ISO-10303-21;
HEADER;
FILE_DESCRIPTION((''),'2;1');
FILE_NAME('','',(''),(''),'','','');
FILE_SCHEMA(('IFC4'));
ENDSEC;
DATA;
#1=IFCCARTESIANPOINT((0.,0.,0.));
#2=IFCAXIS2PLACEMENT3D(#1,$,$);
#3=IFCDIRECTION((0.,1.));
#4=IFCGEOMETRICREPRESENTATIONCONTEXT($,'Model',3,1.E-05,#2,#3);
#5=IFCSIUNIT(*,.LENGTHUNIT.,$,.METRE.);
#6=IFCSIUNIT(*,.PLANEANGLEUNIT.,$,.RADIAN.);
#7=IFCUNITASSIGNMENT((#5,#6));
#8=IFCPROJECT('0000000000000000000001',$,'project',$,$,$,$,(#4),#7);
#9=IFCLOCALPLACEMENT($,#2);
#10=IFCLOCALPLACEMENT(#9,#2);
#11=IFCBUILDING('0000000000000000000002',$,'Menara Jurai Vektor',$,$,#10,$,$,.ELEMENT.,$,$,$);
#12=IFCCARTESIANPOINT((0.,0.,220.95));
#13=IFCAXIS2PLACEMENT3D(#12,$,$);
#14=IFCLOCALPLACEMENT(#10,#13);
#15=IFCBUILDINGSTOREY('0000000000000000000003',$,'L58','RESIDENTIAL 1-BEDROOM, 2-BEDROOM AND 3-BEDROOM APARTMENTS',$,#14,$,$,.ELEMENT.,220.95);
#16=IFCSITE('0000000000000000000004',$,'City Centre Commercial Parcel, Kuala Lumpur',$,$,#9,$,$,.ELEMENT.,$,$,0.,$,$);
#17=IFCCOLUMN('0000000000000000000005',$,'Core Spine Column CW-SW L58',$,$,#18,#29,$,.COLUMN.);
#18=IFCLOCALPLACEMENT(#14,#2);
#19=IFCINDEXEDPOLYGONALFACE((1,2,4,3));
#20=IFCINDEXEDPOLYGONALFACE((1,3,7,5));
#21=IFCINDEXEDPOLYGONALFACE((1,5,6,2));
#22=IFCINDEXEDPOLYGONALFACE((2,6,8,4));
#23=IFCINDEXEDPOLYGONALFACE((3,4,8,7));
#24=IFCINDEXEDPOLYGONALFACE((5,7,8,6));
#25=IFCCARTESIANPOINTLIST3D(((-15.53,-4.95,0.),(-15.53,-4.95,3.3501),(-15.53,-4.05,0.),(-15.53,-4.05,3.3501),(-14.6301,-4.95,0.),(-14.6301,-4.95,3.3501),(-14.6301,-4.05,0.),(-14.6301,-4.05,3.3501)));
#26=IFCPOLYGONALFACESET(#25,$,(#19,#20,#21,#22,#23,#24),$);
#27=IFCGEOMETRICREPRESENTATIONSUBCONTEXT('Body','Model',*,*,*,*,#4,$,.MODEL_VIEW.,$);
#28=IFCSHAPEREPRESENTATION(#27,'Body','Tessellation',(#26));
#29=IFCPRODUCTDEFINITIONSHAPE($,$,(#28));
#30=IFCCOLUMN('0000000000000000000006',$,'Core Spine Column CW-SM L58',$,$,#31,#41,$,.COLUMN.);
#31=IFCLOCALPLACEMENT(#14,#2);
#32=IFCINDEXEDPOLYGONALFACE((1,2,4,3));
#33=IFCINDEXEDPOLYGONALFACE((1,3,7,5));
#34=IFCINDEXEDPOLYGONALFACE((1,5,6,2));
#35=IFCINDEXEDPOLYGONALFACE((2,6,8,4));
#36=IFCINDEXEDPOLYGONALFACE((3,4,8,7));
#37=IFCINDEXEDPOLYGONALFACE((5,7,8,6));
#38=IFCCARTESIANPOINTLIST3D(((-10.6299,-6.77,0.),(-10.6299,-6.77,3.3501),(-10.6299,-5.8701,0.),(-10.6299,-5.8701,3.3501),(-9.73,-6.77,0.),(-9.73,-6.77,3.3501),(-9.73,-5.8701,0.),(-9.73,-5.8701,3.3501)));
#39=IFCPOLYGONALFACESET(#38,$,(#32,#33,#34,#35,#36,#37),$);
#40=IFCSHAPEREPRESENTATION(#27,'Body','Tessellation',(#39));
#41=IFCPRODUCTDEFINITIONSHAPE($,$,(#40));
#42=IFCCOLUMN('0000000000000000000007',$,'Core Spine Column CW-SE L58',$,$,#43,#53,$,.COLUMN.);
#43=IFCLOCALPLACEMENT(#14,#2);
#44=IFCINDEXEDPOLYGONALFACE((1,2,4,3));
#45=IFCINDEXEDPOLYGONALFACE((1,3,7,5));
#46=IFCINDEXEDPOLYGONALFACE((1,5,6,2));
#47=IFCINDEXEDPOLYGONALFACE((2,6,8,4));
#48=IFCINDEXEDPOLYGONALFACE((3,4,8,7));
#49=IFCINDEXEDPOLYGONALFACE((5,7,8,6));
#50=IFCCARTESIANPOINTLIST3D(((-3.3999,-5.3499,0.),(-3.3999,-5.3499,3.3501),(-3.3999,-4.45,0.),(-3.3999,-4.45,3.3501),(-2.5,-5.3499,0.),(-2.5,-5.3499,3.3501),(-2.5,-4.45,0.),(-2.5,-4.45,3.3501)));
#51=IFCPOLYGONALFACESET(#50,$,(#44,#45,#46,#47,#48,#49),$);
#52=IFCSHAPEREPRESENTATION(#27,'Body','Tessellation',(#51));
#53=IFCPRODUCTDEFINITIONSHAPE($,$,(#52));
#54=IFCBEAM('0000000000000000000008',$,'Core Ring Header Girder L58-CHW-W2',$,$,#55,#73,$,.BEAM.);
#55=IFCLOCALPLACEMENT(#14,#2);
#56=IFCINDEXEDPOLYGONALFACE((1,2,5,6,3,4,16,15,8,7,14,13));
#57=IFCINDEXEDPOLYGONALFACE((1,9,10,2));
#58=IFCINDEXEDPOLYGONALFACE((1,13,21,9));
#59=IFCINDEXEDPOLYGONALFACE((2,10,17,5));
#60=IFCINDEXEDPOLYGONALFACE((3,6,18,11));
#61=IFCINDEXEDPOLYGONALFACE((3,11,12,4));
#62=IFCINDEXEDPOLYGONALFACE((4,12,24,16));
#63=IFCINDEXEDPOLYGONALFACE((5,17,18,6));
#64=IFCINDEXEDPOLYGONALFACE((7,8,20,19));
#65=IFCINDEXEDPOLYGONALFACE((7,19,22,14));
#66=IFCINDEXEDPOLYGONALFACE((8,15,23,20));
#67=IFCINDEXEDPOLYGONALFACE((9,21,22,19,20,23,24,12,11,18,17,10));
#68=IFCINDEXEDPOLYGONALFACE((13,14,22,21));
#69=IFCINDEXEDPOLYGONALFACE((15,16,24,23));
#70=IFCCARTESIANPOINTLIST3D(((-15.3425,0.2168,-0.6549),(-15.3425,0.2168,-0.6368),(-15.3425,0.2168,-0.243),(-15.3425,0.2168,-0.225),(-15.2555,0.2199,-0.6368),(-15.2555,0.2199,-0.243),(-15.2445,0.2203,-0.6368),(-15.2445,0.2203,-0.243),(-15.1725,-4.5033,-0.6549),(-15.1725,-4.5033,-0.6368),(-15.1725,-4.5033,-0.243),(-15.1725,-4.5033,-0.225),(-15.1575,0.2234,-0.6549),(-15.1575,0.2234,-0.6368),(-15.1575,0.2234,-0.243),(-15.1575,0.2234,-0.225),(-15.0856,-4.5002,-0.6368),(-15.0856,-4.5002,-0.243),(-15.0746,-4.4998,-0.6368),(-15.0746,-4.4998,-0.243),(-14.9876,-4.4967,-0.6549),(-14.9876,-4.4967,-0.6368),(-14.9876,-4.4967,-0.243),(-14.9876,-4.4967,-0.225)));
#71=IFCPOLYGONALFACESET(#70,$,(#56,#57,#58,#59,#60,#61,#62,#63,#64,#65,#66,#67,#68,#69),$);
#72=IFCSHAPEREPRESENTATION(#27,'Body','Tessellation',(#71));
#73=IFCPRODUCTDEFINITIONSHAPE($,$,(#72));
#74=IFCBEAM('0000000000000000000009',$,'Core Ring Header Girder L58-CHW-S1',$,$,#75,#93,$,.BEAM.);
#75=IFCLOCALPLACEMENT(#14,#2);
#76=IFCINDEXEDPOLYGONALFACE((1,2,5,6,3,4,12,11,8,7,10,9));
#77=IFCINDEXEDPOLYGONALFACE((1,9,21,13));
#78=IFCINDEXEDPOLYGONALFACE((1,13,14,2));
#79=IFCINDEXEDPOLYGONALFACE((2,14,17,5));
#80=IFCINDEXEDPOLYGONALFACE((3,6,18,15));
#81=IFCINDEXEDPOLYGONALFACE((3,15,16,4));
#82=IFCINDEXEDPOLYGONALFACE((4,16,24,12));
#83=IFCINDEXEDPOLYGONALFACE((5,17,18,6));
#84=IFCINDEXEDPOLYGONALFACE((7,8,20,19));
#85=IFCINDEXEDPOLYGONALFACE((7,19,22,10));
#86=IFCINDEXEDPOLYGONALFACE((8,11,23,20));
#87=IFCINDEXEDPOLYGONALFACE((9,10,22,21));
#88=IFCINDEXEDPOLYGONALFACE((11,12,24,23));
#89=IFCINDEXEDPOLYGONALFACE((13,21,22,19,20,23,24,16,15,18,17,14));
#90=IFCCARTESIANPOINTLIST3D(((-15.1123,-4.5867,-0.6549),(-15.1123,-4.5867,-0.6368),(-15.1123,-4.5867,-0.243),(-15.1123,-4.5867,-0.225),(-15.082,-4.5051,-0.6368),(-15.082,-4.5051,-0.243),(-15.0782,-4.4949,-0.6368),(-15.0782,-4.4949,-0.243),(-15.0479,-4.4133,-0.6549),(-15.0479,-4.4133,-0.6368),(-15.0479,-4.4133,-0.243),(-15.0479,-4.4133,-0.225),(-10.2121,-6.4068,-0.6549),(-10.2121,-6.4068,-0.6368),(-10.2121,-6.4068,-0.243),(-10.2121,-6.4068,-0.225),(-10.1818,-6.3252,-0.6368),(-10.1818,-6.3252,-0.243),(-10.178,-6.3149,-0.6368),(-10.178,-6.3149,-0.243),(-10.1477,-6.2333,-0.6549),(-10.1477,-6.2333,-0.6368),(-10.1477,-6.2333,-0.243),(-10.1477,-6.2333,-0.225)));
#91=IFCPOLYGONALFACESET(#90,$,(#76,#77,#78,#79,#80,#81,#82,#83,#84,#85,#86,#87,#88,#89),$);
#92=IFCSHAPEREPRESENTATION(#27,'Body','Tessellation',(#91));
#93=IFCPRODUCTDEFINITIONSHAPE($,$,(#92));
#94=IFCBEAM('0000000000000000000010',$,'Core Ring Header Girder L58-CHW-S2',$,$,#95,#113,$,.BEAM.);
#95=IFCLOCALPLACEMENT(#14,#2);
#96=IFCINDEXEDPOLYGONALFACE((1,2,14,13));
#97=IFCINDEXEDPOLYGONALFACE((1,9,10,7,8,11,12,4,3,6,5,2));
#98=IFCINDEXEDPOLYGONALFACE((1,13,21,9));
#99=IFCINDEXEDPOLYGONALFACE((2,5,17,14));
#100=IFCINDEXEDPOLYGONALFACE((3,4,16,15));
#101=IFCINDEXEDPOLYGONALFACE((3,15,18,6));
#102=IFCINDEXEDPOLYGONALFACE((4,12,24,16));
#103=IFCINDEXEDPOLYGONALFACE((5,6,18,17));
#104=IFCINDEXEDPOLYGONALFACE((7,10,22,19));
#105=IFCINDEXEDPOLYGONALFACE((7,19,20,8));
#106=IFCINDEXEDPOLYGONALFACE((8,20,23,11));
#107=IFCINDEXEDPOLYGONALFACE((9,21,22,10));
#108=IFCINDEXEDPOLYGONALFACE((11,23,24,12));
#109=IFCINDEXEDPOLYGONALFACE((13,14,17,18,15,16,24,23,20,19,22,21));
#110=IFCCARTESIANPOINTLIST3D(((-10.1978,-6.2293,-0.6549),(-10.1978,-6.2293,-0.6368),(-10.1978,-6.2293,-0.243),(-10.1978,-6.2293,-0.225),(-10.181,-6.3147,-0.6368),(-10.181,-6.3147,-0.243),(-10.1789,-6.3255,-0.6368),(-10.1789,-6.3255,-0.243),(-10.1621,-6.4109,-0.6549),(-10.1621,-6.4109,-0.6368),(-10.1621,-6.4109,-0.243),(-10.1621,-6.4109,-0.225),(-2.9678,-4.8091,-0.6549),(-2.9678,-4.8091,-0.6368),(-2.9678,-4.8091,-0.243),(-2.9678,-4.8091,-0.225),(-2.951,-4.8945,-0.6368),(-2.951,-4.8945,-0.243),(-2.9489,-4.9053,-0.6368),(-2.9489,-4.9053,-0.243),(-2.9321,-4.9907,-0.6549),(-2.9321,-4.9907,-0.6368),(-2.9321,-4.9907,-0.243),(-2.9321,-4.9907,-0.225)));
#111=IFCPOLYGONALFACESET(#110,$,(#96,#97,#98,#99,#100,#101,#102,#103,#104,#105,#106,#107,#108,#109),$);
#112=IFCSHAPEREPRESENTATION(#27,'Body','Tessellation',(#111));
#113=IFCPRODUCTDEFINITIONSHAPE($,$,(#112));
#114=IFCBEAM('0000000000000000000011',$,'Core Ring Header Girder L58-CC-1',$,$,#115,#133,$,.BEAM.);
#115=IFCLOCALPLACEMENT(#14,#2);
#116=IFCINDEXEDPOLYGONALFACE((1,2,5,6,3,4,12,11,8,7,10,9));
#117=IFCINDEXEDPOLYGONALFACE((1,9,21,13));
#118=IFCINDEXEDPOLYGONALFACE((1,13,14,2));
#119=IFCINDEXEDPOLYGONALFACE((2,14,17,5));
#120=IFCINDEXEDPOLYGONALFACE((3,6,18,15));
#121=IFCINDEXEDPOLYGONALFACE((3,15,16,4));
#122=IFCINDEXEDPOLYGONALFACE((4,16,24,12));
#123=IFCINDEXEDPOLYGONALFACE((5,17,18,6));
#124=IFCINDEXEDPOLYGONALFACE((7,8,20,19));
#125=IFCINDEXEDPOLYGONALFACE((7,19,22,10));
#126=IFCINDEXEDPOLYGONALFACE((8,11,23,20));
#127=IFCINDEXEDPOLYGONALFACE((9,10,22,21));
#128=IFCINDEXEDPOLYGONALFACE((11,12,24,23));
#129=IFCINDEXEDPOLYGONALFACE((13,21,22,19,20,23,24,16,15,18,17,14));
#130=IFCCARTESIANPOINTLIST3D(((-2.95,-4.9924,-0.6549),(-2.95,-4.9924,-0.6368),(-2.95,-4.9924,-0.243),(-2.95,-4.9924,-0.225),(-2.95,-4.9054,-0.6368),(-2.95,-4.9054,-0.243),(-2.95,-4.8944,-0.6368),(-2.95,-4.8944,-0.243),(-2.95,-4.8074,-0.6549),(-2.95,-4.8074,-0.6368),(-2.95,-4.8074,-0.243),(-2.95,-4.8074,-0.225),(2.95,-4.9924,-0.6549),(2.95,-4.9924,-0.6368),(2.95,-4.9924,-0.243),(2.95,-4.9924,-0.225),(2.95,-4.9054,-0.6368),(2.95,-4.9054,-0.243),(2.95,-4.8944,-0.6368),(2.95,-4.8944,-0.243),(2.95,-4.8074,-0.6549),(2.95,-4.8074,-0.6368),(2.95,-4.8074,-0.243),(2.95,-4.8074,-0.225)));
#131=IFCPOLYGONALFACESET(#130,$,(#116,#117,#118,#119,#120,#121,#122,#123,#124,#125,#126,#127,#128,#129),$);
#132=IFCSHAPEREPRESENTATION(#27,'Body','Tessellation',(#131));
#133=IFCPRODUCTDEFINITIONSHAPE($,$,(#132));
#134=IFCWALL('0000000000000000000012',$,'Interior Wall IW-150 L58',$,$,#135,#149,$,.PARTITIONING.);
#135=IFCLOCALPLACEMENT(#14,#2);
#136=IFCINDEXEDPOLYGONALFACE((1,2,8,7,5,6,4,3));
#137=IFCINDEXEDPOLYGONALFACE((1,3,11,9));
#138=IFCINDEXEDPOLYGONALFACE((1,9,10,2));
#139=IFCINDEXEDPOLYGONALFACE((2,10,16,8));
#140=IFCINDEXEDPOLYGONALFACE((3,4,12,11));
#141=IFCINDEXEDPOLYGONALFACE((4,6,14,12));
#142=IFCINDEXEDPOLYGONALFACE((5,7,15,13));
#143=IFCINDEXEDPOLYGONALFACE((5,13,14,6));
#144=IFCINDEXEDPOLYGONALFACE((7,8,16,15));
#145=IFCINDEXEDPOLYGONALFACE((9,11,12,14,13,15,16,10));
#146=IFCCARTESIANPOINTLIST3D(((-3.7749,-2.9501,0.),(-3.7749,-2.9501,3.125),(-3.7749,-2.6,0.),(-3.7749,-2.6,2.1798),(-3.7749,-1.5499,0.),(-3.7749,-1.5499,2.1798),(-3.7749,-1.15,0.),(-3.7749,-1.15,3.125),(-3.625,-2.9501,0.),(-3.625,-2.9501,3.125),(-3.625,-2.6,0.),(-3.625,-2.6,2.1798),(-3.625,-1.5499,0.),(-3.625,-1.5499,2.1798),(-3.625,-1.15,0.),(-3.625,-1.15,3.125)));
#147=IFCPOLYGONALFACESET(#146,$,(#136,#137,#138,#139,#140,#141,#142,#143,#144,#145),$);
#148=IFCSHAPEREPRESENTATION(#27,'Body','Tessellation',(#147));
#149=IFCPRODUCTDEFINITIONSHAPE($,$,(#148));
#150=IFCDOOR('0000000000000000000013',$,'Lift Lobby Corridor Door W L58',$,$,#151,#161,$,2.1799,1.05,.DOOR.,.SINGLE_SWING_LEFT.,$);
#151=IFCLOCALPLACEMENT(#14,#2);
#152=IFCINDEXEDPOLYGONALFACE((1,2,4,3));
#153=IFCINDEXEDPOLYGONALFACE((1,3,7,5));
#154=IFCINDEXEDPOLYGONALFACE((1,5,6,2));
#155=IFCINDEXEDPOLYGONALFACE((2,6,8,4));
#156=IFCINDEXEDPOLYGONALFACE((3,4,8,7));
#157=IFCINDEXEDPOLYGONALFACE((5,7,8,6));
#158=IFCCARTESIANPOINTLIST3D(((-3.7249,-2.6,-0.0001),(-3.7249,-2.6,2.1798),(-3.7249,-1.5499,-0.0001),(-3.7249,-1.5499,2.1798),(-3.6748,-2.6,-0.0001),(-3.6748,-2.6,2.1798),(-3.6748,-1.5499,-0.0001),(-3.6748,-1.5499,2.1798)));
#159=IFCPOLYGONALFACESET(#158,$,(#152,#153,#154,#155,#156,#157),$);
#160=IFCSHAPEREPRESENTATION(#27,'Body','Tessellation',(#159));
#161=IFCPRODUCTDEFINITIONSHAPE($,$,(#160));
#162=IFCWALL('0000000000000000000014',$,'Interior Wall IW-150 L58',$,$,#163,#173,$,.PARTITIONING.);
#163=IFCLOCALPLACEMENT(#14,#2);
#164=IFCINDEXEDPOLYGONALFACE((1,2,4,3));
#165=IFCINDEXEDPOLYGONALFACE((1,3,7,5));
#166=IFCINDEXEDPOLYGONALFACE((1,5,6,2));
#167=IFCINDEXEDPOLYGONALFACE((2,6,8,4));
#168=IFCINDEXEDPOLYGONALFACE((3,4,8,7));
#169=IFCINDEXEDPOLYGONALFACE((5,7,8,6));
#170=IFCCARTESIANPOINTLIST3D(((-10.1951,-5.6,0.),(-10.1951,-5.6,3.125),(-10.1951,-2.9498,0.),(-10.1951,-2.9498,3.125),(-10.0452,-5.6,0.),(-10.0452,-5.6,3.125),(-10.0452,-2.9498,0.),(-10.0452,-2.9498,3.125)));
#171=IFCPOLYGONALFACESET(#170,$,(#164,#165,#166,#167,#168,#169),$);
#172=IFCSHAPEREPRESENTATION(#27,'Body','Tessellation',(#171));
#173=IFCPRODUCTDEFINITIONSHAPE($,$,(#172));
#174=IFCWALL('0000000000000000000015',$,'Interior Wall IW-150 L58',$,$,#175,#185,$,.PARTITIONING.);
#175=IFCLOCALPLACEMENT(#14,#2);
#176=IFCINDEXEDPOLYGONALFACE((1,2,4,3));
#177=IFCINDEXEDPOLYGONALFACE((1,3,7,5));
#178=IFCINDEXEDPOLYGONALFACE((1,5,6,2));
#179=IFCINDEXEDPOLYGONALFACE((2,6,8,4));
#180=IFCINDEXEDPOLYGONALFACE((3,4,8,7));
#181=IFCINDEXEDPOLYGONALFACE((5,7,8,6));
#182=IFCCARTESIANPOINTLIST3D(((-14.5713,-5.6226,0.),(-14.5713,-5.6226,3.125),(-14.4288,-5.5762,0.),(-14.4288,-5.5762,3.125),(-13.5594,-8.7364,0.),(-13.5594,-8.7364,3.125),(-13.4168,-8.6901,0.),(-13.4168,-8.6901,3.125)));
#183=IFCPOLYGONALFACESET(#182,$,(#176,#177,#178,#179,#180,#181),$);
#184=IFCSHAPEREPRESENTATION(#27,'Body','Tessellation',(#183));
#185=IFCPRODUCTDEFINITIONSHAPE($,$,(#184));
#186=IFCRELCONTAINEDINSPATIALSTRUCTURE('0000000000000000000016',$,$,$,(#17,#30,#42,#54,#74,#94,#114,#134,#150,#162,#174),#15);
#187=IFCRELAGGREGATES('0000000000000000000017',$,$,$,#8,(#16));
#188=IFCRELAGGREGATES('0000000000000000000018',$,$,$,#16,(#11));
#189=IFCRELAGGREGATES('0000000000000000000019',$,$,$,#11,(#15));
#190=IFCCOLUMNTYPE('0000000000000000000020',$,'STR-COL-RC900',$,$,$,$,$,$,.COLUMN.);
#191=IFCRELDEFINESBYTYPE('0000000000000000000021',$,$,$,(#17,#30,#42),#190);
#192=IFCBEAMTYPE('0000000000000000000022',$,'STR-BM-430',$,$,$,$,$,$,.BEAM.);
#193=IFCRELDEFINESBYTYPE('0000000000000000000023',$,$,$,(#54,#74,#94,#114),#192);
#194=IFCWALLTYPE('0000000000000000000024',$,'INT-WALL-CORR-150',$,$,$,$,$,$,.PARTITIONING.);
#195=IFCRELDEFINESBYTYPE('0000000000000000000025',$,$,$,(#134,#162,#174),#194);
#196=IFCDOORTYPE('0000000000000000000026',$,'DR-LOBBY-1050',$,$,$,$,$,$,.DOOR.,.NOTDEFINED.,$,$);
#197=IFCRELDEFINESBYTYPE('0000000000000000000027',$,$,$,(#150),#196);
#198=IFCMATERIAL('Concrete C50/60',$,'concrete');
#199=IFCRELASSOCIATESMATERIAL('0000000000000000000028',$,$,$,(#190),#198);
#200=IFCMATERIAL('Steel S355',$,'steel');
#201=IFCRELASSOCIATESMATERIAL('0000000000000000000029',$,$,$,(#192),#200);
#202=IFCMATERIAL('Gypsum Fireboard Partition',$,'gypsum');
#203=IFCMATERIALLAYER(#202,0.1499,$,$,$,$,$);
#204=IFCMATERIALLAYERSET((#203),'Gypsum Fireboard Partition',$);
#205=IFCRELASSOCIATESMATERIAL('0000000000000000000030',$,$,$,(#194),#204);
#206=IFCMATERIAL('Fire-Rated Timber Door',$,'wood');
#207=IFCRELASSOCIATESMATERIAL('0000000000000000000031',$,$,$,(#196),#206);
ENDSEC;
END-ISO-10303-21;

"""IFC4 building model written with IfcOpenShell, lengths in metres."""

from ifc_helpers import new_model, si_unit, direction, frame, frame_2d, origin, origin_2d, place, context, subcontext, project, spatial, rectangle, i_section, extrude, material, layer, layer_set, material_profile, profile_set, type_object, element, fill, save


model = new_model("IFC4")

# Units and contexts
model_context = context("Model", 3, precision=1e-05, world=origin(), true_north=direction((0.0, 1.0)))
body_context = subcontext(model_context, "Body", "Model", "MODEL_VIEW")
ifc_project = project(units=[si_unit("LENGTHUNIT", "METRE"), si_unit("PLANEANGLEUNIT", "RADIAN")], contexts=[model_context])

# Site, building, storey
site_placement = place(None, origin())
site = spatial("IfcSite", under=ifc_project, at=site_placement, Name="City Centre Commercial Parcel, Kuala Lumpur", CompositionType="ELEMENT", RefElevation=0.0)
building_placement = place(site_placement, origin())
building = spatial("IfcBuilding", under=site, at=building_placement, Name="Menara Jurai Vektor", CompositionType="ELEMENT")
storey_placement = place(building_placement, frame((0.0, 0.0, 220.95)))
storey = spatial("IfcBuildingStorey", under=building, at=storey_placement, Name="L58", Description="RESIDENTIAL 1-BEDROOM, 2-BEDROOM AND 3-BEDROOM APARTMENTS", CompositionType="ELEMENT", Elevation=220.95)

# Columns
ifc_material_1 = material(Name="Concrete C50/60", Category="concrete")
ifc_material_profile_1 = material_profile(ifc_material_1, rectangle(XDim=0.8999, YDim=0.8999, at=origin_2d()), Name="RC 900x900")
ifc_profile_set_1 = profile_set([ifc_material_profile_1], Name="Concrete C50/60")
column_type = type_object("IfcColumnType", Name="STR-COL-RC900", PredefinedType="COLUMN", material=ifc_profile_set_1)
for number, where, z_axis, x_axis, name in (
    (1, (-15.0801, -4.5, 0.0), (0.0, 0.0, 1.0), (1.0, 0.0, 0.0), "Core Spine Column CW-SW L58"),
    (2, (-10.1799, -6.3201, 0.0), (0.0, 0.0, 1.0), (1.0, 0.0, 0.0), "Core Spine Column CW-SM L58"),
    (3, (-2.95, -4.8999, 0.0), (0.0, 0.0, 1.0), (1.0, 0.0, 0.0), "Core Spine Column CW-SE L58"),
):
    element("IfcColumn", number, at=place(storey_placement, frame(where, z_axis=z_axis, x_axis=x_axis)), inside=storey, type_object=column_type, Name=name, PredefinedType="COLUMN", context=body_context, shape_type="SweptSolid", body=[
        extrude(rectangle(XDim=0.8999, YDim=0.8999, at=origin_2d()), origin(), (0.0, 0.0, 1.0), 3.3501),
    ])

# Beams
ifc_material_2 = material(Name="Steel S355", Category="steel")
ifc_material_profile_2 = material_profile(ifc_material_2, i_section(OverallWidth=0.1851, OverallDepth=0.4299, WebThickness=0.011, FlangeThickness=0.0181, at=origin_2d()), Name="PG 430x185x76")
ifc_profile_set_2 = profile_set([ifc_material_profile_2], Name="Steel S355")
beam_type = type_object("IfcBeamType", Name="STR-BM-430", PredefinedType="BEAM", material=ifc_profile_set_2)
beam_1_placement = place(storey_placement, frame((-15.0801, -4.5, -0.4399), z_axis=(-0.035977, 0.999353, 0.0), x_axis=(-0.999353, -0.035977, 0.0)))
element("IfcBeam", 4, at=beam_1_placement, inside=storey, type_object=beam_type, Name="Core Ring Header Girder L58-CHW-W2", PredefinedType="BEAM", context=body_context, shape_type="SweptSolid", body=[
    extrude(i_section(OverallWidth=0.1851, OverallDepth=0.4299, WebThickness=0.011, FlangeThickness=0.0181, at=origin_2d()), origin(), (0.0, 0.0, 1.0), 4.7231),
])
beam_2_placement = place(storey_placement, frame((-15.0801, -4.5, -0.4399), z_axis=(0.937424, -0.348189, 0.0), x_axis=(0.348189, 0.937424, 0.0)))
element("IfcBeam", 5, at=beam_2_placement, inside=storey, type_object=beam_type, Name="Core Ring Header Girder L58-CHW-S1", PredefinedType="BEAM", context=body_context, shape_type="SweptSolid", body=[
    extrude(i_section(OverallWidth=0.1851, OverallDepth=0.4299, WebThickness=0.011, FlangeThickness=0.0181, at=origin_2d()), origin(), (0.0, 0.0, 1.0), 5.2273),
])
beam_3_placement = place(storey_placement, frame((-10.1799, -6.3201, -0.4399), z_axis=(0.981249, 0.192744, 0.0), x_axis=(-0.192744, 0.981249, 0.0)))
element("IfcBeam", 6, at=beam_3_placement, inside=storey, type_object=beam_type, Name="Core Ring Header Girder L58-CHW-S2", PredefinedType="BEAM", context=body_context, shape_type="SweptSolid", body=[
    extrude(i_section(OverallWidth=0.1851, OverallDepth=0.4299, WebThickness=0.011, FlangeThickness=0.0181, at=origin_2d()), origin(), (0.0, 0.0, 1.0), 7.3682),
])
beam_4_placement = place(storey_placement, frame((-2.95, -4.8999, -0.4399), z_axis=(1.0, 0.0, 0.0), x_axis=(0.0, 1.0, 0.0)))
element("IfcBeam", 7, at=beam_4_placement, inside=storey, type_object=beam_type, Name="Core Ring Header Girder L58-CC-1", PredefinedType="BEAM", context=body_context, shape_type="SweptSolid", body=[
    extrude(i_section(OverallWidth=0.1851, OverallDepth=0.4299, WebThickness=0.011, FlangeThickness=0.0181, at=origin_2d()), origin(), (0.0, 0.0, 1.0), 5.8999),
])

# Wall, opening, door
ifc_material_3 = material(Name="Gypsum Fireboard Partition", Category="gypsum")
ifc_layer_1 = layer(ifc_material_3, 0.1499)
ifc_layer_set_1 = layer_set([ifc_layer_1], Name="Gypsum Fireboard Partition")
wall_type_1 = type_object("IfcWallType", Name="INT-WALL-CORR-150", PredefinedType="PARTITIONING", material=ifc_layer_set_1)
wall_1_placement = place(storey_placement, frame((-3.7, -2.95, 0.0), z_axis=(0.0, 0.0, 1.0), x_axis=(0.0, 1.0, 0.0)))
wall_1 = element("IfcWall", 8, at=wall_1_placement, inside=storey, type_object=wall_type_1, Name="Interior Wall IW-150 L58", PredefinedType="PARTITIONING", context=body_context, shape_type="SweptSolid", body=[
    extrude(rectangle(XDim=1.8, YDim=0.1499, at=frame_2d((0.8999, 0.0))), origin(), (0.0, 0.0, 1.0), 3.125),
])
opening_1_placement = place(wall_1_placement, frame((0.3501, 0.0, 0.0)))
opening_1 = element("IfcOpeningElement", 9, at=opening_1_placement, cuts=wall_1, PredefinedType="OPENING", context=body_context, shape_type="SweptSolid", body=[
    extrude(rectangle(XDim=1.05, YDim=2.1799, at=frame_2d((0.5249, 1.0898))), frame((0.0, 0.085, 0.0), z_axis=(0.0, -1.0, 0.0), x_axis=(1.0, 0.0, 0.0)), (0.0, 0.0, 1.0), 0.1699),
])
ifc_material_4 = material(Name="Fire-Rated Timber Door", Category="wood")
door_type_1 = type_object("IfcDoorType", Name="DR-LOBBY-1050", OperationType="NOTDEFINED", PredefinedType="DOOR", material=ifc_material_4)
door_1_placement = place(opening_1_placement, origin())
door_1 = element("IfcDoor", 10, at=door_1_placement, inside=storey, type_object=door_type_1, Name="Lift Lobby Corridor Door W L58", OperationType="SINGLE_SWING_LEFT", OverallHeight=2.1799, OverallWidth=1.05, PredefinedType="DOOR", context=body_context, shape_type="SweptSolid", body=[
    extrude(rectangle(XDim=1.05, YDim=2.1799, at=frame_2d((0.5249, 1.0898))), frame((0.0, 0.0249, 0.0), z_axis=(0.0, -1.0, 0.0), x_axis=(1.0, 0.0, 0.0)), (0.0, 0.0, 1.0), 0.05),
])
fill(opening_1, door_1)

# Walls
wall_2_placement = place(storey_placement, frame((-10.1201, -5.6001, 0.0), z_axis=(0.0, 0.0, 1.0), x_axis=(0.0, 1.0, 0.0)))
element("IfcWall", 11, at=wall_2_placement, inside=storey, type_object=wall_type_1, Name="Interior Wall IW-150 L58", PredefinedType="PARTITIONING", context=body_context, shape_type="SweptSolid", body=[
    extrude(rectangle(XDim=2.6501, YDim=0.1499, at=frame_2d((1.3252, 0.0))), origin(), (0.0, 0.0, 1.0), 3.125),
])
wall_3_placement = place(storey_placement, frame((-13.488, -8.7134, 0.0), z_axis=(0.0, 0.0, 1.0), x_axis=(-0.309083, 0.951035, 0.0)))
element("IfcWall", 12, at=wall_3_placement, inside=storey, type_object=wall_type_1, Name="Interior Wall IW-150 L58", PredefinedType="PARTITIONING", context=body_context, shape_type="SweptSolid", body=[
    extrude(rectangle(XDim=3.2742, YDim=0.1499, at=frame_2d((1.6372, 0.0))), origin(), (0.0, 0.0, 1.0), 3.125),
])

save(model, "model.ifc")
